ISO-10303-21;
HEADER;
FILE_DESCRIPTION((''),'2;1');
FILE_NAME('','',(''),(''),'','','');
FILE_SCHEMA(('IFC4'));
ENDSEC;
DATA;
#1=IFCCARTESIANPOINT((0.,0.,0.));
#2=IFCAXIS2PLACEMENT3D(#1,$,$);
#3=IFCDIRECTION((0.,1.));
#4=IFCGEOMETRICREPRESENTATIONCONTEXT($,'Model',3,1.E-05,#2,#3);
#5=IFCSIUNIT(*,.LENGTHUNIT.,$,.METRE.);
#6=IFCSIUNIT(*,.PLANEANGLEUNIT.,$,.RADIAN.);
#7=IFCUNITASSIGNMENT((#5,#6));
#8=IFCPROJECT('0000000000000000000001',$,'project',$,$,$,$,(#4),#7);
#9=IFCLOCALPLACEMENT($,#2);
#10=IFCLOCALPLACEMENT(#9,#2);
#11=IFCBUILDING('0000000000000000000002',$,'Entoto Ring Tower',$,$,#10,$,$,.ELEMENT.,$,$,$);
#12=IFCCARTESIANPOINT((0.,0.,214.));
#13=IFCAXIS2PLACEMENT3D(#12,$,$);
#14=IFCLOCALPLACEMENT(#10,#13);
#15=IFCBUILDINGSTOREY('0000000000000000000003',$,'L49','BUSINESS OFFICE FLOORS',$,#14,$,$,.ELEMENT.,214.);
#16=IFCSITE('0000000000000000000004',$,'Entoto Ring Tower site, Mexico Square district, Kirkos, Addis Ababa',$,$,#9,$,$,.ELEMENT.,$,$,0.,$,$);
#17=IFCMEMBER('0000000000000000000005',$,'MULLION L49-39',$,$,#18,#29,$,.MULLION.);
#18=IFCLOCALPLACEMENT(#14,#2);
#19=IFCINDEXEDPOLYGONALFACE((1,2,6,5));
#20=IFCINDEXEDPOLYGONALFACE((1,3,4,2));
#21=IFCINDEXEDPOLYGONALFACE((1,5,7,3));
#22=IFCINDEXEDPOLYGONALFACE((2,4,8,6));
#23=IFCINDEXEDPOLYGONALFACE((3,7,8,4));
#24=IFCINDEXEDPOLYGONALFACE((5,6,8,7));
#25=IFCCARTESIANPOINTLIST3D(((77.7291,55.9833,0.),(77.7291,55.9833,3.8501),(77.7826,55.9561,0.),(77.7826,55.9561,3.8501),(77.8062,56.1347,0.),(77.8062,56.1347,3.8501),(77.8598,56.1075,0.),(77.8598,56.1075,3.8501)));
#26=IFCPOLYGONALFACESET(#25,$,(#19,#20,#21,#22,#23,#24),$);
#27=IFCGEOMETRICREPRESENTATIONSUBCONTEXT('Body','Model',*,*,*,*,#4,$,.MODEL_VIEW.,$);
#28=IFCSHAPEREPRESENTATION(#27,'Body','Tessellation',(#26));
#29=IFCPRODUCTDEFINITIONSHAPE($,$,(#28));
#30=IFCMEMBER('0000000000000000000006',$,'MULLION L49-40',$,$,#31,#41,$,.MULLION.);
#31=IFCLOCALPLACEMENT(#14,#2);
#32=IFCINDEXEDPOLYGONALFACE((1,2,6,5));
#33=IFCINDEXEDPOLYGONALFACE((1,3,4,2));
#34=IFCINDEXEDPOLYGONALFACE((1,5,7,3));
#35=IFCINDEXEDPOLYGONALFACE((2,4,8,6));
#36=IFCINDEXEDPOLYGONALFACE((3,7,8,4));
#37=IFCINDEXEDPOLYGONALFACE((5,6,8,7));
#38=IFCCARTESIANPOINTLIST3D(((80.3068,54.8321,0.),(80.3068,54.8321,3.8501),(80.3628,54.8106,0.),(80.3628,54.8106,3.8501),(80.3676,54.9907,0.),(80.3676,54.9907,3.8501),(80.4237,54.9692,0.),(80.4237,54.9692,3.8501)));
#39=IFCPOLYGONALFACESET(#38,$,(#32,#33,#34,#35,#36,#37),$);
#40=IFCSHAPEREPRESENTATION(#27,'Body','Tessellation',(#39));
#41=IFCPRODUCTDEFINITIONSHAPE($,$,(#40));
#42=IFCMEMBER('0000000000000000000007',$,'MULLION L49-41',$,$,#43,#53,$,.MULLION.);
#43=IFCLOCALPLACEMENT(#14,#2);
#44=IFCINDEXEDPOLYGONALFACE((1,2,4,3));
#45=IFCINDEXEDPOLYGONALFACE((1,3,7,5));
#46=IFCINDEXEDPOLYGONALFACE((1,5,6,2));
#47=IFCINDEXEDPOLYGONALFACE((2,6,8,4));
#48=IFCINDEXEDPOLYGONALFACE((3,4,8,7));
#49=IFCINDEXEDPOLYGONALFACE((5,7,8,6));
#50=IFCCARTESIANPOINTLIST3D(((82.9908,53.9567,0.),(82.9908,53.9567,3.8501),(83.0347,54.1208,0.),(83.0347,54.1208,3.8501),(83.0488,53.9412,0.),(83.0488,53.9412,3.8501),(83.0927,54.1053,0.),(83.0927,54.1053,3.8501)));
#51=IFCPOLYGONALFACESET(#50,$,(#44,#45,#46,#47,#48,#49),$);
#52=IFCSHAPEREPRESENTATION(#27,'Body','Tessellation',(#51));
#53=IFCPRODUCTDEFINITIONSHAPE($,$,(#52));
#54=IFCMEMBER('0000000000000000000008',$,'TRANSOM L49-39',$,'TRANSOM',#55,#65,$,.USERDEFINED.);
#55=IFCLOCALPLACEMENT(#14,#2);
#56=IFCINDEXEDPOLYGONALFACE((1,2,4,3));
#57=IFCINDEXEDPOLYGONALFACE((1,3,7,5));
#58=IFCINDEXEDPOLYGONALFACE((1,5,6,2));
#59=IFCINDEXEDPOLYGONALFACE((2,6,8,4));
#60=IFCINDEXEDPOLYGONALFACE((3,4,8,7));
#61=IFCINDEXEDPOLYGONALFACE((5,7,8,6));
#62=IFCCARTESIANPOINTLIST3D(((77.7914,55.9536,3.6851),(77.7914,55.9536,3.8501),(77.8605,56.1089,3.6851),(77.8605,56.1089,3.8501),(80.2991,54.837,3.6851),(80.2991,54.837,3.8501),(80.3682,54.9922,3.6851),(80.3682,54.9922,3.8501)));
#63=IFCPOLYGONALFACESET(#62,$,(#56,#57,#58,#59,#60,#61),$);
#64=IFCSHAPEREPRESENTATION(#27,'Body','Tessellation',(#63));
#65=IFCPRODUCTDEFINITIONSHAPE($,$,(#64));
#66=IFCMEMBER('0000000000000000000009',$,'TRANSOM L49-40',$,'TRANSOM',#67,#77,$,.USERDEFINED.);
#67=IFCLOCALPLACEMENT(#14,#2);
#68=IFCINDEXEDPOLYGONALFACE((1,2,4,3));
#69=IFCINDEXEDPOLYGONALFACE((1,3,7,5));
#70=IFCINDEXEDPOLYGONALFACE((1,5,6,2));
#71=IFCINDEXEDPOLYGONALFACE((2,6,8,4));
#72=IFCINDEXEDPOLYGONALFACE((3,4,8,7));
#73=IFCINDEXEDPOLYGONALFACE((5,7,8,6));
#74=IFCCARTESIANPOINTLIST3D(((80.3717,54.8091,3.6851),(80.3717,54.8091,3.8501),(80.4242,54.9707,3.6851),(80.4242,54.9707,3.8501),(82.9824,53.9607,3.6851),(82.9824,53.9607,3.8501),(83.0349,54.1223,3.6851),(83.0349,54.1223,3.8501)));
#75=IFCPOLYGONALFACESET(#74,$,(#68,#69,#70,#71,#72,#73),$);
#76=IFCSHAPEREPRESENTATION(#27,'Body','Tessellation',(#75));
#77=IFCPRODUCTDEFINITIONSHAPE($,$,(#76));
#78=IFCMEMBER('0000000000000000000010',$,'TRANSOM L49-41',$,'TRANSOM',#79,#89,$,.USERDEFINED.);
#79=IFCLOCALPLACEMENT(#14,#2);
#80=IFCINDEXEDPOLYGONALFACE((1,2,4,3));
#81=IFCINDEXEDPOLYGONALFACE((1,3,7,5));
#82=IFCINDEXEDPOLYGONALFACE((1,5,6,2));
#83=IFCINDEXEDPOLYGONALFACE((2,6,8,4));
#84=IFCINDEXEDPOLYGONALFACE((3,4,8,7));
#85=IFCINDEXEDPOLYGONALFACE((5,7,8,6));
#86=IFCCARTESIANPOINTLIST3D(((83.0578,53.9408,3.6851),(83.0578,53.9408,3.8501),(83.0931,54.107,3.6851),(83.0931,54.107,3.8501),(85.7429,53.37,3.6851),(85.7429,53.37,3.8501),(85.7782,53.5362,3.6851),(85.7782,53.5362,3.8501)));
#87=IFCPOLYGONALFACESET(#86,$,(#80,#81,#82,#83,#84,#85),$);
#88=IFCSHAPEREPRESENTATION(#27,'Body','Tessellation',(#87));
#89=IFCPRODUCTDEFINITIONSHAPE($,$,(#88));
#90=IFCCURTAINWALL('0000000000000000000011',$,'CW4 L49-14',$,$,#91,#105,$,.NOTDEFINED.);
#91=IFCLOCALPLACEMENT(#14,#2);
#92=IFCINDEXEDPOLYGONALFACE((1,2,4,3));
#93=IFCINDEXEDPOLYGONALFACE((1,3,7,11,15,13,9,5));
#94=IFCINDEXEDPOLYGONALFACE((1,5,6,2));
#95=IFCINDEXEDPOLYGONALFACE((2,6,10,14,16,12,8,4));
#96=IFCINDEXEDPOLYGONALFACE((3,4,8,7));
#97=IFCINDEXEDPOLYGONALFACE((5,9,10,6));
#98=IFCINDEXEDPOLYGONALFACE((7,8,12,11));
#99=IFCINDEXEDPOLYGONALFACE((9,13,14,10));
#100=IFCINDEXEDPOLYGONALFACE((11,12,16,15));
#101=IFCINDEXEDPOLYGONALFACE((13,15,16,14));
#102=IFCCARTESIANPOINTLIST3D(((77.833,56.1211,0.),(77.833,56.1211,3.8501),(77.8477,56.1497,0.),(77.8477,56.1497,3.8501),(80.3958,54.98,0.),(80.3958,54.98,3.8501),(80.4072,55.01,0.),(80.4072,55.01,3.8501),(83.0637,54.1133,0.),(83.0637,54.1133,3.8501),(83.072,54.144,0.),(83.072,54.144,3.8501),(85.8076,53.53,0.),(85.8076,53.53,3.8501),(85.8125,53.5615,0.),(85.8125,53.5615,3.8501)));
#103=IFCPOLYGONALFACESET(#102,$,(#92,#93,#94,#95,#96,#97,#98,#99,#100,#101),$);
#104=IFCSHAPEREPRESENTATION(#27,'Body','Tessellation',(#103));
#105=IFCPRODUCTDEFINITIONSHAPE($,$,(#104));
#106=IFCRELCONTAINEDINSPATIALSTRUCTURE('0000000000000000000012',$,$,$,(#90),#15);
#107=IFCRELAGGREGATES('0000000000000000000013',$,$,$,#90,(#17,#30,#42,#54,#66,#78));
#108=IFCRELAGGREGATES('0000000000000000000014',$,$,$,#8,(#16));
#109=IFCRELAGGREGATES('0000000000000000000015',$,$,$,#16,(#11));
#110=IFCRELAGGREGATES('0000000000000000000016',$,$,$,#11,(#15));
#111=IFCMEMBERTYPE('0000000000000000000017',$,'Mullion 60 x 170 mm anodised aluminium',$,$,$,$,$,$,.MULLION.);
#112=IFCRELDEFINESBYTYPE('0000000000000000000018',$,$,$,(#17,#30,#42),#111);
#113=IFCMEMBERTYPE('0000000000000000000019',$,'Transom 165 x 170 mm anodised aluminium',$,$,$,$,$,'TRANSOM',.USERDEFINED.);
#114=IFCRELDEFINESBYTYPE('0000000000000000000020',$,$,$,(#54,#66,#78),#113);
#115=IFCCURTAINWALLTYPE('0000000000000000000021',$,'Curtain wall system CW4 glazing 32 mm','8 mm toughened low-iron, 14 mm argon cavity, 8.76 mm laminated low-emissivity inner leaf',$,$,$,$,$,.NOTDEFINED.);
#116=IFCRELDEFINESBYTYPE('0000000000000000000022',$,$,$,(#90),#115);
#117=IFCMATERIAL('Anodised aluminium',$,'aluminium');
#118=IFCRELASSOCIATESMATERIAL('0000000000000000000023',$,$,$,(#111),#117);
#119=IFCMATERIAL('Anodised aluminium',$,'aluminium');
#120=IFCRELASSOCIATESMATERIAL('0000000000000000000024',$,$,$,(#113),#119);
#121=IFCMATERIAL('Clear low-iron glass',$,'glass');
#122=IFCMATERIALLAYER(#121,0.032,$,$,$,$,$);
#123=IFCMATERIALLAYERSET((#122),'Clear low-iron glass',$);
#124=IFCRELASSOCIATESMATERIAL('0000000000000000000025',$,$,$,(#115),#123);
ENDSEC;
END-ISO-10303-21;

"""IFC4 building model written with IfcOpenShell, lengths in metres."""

from ifc_helpers import new_model, si_unit, direction, frame, origin, origin_2d, place, context, subcontext, project, spatial, polyline, rectangle, outline, extrude, material, layer, layer_set, material_profile, profile_set, type_object, element, aggregate, save


model = new_model("IFC4")

# Units and contexts
model_context = context("Model", 3, precision=1e-05, world=origin(), true_north=direction((0.0, 1.0)))
body_context = subcontext(model_context, "Body", "Model", "MODEL_VIEW")
ifc_project = project(units=[si_unit("LENGTHUNIT", "METRE"), si_unit("PLANEANGLEUNIT", "RADIAN")], contexts=[model_context])

# Members
ifc_material_1 = material(Name="Anodised aluminium", Category="aluminium")
ifc_material_profile_1 = material_profile(ifc_material_1, rectangle(XDim=0.0601, YDim=0.1699, at=origin_2d()), Name="Mullion 60 x 170 mm anodised aluminium")
ifc_profile_set_1 = profile_set([ifc_material_profile_1], Name="Anodised aluminium")
member_type_1 = type_object("IfcMemberType", Name="Mullion 60 x 170 mm anodised aluminium", PredefinedType="MULLION", material=ifc_profile_set_1)
site_placement = place(None, origin())
building_placement = place(site_placement, origin())
storey_placement = place(building_placement, frame((0.0, 0.0, 214.0)))
member_1_placement = place(storey_placement, frame((77.7944, 56.0454, 0.0), z_axis=(0.0, 0.0, 1.0), x_axis=(0.891007, -0.45399, 0.0)))
member_1 = element("IfcMember", 1, at=member_1_placement, type_object=member_type_1, Name="MULLION L49-39", PredefinedType="MULLION", context=body_context, shape_type="SweptSolid", body=[
    extrude(rectangle(XDim=0.0601, YDim=0.1699, at=origin_2d()), origin(), (0.0, 0.0, 1.0), 3.8501),
])
member_2_placement = place(storey_placement, frame((80.3652, 54.9006, 0.0), z_axis=(0.0, 0.0, 1.0), x_axis=(0.93358, -0.358368, 0.0)))
member_2 = element("IfcMember", 2, at=member_2_placement, type_object=member_type_1, Name="MULLION L49-40", PredefinedType="MULLION", context=body_context, shape_type="SweptSolid", body=[
    extrude(rectangle(XDim=0.0601, YDim=0.1699, at=origin_2d()), origin(), (0.0, 0.0, 1.0), 3.8501),
])
member_3_placement = place(storey_placement, frame((83.0417, 54.031, 0.0), z_axis=(0.0, 0.0, 1.0), x_axis=(0.965926, -0.258819, 0.0)))
member_3 = element("IfcMember", 3, at=member_3_placement, type_object=member_type_1, Name="MULLION L49-41", PredefinedType="MULLION", context=body_context, shape_type="SweptSolid", body=[
    extrude(rectangle(XDim=0.0601, YDim=0.1699, at=origin_2d()), origin(), (0.0, 0.0, 1.0), 3.8501),
])
ifc_material_2 = material(Name="Anodised aluminium", Category="aluminium")
ifc_material_profile_2 = material_profile(ifc_material_2, rectangle(XDim=0.1699, YDim=0.165, at=origin_2d()), Name="Transom 165 x 170 mm anodised aluminium")
ifc_profile_set_2 = profile_set([ifc_material_profile_2], Name="Anodised aluminium")
member_type_2 = type_object("IfcMemberType", Name="Transom 165 x 170 mm anodised aluminium", ElementType="TRANSOM", PredefinedType="USERDEFINED", material=ifc_profile_set_2)
member_4_placement = place(storey_placement, frame((77.8259, 56.0312, 3.7676), z_axis=(0.913525, -0.406782, 0.0), x_axis=(0.406782, 0.913525, 0.0)))
member_4 = element("IfcMember", 4, at=member_4_placement, type_object=member_type_2, Name="TRANSOM L49-39", ObjectType="TRANSOM", PredefinedType="USERDEFINED", context=body_context, shape_type="SweptSolid", body=[
    extrude(rectangle(XDim=0.1699, YDim=0.165, at=origin_2d()), origin(), (0.0, 0.0, 1.0), 2.7451),
])
member_5_placement = place(storey_placement, frame((80.3979, 54.8899, 3.7676), z_axis=(0.951048, -0.309042, 0.0), x_axis=(0.309042, 0.951048, 0.0)))
member_5 = element("IfcMember", 5, at=member_5_placement, type_object=member_type_2, Name="TRANSOM L49-40", ObjectType="TRANSOM", PredefinedType="USERDEFINED", context=body_context, shape_type="SweptSolid", body=[
    extrude(rectangle(XDim=0.1699, YDim=0.165, at=origin_2d()), origin(), (0.0, 0.0, 1.0), 2.7451),
])
member_6_placement = place(storey_placement, frame((83.0754, 54.0239, 3.7676), z_axis=(0.978142, -0.207937, 0.0), x_axis=(0.207937, 0.978142, 0.0)))
member_6 = element("IfcMember", 6, at=member_6_placement, type_object=member_type_2, Name="TRANSOM L49-41", ObjectType="TRANSOM", PredefinedType="USERDEFINED", context=body_context, shape_type="SweptSolid", body=[
    extrude(rectangle(XDim=0.1699, YDim=0.165, at=origin_2d()), origin(), (0.0, 0.0, 1.0), 2.7451),
])

# Site, building, storey
site = spatial("IfcSite", under=ifc_project, at=site_placement, Name="Entoto Ring Tower site, Mexico Square district, Kirkos, Addis Ababa", CompositionType="ELEMENT", RefElevation=0.0)
building = spatial("IfcBuilding", under=site, at=building_placement, Name="Entoto Ring Tower", CompositionType="ELEMENT")
storey = spatial("IfcBuildingStorey", under=building, at=storey_placement, Name="L49", Description="BUSINESS OFFICE FLOORS", CompositionType="ELEMENT", Elevation=214.0)

# Curtain wall
ifc_material_3 = material(Name="Clear low-iron glass", Category="glass")
ifc_layer = layer(ifc_material_3, 0.032)
ifc_layer_set = layer_set([ifc_layer], Name="Clear low-iron glass")
curtain_wall_type = type_object("IfcCurtainWallType", Name="Curtain wall system CW4 glazing 32 mm", Description="8 mm toughened low-iron, 14 mm argon cavity, 8.76 mm laminated low-emissivity inner leaf", PredefinedType="NOTDEFINED", material=ifc_layer_set)
curtain_wall_1_placement = place(storey_placement, origin())
curtain_wall_1 = element("IfcCurtainWall", 7, at=curtain_wall_1_placement, inside=storey, type_object=curtain_wall_type, Name="CW4 L49-14", PredefinedType="NOTDEFINED", context=body_context, shape_type="SweptSolid", body=[
    extrude(outline(polyline([(77.833, 56.1211), (80.3958, 54.98), (83.0637, 54.1133), (85.8076, 53.53), (85.8125, 53.5615), (83.072, 54.144), (80.4072, 55.01), (77.8477, 56.1497), (77.833, 56.1211)])), origin(), (0.0, 0.0, 1.0), 3.8501),
])
aggregate(curtain_wall_1, [member_1, member_2, member_3, member_4, member_5, member_6])

save(model, "model.ifc")
